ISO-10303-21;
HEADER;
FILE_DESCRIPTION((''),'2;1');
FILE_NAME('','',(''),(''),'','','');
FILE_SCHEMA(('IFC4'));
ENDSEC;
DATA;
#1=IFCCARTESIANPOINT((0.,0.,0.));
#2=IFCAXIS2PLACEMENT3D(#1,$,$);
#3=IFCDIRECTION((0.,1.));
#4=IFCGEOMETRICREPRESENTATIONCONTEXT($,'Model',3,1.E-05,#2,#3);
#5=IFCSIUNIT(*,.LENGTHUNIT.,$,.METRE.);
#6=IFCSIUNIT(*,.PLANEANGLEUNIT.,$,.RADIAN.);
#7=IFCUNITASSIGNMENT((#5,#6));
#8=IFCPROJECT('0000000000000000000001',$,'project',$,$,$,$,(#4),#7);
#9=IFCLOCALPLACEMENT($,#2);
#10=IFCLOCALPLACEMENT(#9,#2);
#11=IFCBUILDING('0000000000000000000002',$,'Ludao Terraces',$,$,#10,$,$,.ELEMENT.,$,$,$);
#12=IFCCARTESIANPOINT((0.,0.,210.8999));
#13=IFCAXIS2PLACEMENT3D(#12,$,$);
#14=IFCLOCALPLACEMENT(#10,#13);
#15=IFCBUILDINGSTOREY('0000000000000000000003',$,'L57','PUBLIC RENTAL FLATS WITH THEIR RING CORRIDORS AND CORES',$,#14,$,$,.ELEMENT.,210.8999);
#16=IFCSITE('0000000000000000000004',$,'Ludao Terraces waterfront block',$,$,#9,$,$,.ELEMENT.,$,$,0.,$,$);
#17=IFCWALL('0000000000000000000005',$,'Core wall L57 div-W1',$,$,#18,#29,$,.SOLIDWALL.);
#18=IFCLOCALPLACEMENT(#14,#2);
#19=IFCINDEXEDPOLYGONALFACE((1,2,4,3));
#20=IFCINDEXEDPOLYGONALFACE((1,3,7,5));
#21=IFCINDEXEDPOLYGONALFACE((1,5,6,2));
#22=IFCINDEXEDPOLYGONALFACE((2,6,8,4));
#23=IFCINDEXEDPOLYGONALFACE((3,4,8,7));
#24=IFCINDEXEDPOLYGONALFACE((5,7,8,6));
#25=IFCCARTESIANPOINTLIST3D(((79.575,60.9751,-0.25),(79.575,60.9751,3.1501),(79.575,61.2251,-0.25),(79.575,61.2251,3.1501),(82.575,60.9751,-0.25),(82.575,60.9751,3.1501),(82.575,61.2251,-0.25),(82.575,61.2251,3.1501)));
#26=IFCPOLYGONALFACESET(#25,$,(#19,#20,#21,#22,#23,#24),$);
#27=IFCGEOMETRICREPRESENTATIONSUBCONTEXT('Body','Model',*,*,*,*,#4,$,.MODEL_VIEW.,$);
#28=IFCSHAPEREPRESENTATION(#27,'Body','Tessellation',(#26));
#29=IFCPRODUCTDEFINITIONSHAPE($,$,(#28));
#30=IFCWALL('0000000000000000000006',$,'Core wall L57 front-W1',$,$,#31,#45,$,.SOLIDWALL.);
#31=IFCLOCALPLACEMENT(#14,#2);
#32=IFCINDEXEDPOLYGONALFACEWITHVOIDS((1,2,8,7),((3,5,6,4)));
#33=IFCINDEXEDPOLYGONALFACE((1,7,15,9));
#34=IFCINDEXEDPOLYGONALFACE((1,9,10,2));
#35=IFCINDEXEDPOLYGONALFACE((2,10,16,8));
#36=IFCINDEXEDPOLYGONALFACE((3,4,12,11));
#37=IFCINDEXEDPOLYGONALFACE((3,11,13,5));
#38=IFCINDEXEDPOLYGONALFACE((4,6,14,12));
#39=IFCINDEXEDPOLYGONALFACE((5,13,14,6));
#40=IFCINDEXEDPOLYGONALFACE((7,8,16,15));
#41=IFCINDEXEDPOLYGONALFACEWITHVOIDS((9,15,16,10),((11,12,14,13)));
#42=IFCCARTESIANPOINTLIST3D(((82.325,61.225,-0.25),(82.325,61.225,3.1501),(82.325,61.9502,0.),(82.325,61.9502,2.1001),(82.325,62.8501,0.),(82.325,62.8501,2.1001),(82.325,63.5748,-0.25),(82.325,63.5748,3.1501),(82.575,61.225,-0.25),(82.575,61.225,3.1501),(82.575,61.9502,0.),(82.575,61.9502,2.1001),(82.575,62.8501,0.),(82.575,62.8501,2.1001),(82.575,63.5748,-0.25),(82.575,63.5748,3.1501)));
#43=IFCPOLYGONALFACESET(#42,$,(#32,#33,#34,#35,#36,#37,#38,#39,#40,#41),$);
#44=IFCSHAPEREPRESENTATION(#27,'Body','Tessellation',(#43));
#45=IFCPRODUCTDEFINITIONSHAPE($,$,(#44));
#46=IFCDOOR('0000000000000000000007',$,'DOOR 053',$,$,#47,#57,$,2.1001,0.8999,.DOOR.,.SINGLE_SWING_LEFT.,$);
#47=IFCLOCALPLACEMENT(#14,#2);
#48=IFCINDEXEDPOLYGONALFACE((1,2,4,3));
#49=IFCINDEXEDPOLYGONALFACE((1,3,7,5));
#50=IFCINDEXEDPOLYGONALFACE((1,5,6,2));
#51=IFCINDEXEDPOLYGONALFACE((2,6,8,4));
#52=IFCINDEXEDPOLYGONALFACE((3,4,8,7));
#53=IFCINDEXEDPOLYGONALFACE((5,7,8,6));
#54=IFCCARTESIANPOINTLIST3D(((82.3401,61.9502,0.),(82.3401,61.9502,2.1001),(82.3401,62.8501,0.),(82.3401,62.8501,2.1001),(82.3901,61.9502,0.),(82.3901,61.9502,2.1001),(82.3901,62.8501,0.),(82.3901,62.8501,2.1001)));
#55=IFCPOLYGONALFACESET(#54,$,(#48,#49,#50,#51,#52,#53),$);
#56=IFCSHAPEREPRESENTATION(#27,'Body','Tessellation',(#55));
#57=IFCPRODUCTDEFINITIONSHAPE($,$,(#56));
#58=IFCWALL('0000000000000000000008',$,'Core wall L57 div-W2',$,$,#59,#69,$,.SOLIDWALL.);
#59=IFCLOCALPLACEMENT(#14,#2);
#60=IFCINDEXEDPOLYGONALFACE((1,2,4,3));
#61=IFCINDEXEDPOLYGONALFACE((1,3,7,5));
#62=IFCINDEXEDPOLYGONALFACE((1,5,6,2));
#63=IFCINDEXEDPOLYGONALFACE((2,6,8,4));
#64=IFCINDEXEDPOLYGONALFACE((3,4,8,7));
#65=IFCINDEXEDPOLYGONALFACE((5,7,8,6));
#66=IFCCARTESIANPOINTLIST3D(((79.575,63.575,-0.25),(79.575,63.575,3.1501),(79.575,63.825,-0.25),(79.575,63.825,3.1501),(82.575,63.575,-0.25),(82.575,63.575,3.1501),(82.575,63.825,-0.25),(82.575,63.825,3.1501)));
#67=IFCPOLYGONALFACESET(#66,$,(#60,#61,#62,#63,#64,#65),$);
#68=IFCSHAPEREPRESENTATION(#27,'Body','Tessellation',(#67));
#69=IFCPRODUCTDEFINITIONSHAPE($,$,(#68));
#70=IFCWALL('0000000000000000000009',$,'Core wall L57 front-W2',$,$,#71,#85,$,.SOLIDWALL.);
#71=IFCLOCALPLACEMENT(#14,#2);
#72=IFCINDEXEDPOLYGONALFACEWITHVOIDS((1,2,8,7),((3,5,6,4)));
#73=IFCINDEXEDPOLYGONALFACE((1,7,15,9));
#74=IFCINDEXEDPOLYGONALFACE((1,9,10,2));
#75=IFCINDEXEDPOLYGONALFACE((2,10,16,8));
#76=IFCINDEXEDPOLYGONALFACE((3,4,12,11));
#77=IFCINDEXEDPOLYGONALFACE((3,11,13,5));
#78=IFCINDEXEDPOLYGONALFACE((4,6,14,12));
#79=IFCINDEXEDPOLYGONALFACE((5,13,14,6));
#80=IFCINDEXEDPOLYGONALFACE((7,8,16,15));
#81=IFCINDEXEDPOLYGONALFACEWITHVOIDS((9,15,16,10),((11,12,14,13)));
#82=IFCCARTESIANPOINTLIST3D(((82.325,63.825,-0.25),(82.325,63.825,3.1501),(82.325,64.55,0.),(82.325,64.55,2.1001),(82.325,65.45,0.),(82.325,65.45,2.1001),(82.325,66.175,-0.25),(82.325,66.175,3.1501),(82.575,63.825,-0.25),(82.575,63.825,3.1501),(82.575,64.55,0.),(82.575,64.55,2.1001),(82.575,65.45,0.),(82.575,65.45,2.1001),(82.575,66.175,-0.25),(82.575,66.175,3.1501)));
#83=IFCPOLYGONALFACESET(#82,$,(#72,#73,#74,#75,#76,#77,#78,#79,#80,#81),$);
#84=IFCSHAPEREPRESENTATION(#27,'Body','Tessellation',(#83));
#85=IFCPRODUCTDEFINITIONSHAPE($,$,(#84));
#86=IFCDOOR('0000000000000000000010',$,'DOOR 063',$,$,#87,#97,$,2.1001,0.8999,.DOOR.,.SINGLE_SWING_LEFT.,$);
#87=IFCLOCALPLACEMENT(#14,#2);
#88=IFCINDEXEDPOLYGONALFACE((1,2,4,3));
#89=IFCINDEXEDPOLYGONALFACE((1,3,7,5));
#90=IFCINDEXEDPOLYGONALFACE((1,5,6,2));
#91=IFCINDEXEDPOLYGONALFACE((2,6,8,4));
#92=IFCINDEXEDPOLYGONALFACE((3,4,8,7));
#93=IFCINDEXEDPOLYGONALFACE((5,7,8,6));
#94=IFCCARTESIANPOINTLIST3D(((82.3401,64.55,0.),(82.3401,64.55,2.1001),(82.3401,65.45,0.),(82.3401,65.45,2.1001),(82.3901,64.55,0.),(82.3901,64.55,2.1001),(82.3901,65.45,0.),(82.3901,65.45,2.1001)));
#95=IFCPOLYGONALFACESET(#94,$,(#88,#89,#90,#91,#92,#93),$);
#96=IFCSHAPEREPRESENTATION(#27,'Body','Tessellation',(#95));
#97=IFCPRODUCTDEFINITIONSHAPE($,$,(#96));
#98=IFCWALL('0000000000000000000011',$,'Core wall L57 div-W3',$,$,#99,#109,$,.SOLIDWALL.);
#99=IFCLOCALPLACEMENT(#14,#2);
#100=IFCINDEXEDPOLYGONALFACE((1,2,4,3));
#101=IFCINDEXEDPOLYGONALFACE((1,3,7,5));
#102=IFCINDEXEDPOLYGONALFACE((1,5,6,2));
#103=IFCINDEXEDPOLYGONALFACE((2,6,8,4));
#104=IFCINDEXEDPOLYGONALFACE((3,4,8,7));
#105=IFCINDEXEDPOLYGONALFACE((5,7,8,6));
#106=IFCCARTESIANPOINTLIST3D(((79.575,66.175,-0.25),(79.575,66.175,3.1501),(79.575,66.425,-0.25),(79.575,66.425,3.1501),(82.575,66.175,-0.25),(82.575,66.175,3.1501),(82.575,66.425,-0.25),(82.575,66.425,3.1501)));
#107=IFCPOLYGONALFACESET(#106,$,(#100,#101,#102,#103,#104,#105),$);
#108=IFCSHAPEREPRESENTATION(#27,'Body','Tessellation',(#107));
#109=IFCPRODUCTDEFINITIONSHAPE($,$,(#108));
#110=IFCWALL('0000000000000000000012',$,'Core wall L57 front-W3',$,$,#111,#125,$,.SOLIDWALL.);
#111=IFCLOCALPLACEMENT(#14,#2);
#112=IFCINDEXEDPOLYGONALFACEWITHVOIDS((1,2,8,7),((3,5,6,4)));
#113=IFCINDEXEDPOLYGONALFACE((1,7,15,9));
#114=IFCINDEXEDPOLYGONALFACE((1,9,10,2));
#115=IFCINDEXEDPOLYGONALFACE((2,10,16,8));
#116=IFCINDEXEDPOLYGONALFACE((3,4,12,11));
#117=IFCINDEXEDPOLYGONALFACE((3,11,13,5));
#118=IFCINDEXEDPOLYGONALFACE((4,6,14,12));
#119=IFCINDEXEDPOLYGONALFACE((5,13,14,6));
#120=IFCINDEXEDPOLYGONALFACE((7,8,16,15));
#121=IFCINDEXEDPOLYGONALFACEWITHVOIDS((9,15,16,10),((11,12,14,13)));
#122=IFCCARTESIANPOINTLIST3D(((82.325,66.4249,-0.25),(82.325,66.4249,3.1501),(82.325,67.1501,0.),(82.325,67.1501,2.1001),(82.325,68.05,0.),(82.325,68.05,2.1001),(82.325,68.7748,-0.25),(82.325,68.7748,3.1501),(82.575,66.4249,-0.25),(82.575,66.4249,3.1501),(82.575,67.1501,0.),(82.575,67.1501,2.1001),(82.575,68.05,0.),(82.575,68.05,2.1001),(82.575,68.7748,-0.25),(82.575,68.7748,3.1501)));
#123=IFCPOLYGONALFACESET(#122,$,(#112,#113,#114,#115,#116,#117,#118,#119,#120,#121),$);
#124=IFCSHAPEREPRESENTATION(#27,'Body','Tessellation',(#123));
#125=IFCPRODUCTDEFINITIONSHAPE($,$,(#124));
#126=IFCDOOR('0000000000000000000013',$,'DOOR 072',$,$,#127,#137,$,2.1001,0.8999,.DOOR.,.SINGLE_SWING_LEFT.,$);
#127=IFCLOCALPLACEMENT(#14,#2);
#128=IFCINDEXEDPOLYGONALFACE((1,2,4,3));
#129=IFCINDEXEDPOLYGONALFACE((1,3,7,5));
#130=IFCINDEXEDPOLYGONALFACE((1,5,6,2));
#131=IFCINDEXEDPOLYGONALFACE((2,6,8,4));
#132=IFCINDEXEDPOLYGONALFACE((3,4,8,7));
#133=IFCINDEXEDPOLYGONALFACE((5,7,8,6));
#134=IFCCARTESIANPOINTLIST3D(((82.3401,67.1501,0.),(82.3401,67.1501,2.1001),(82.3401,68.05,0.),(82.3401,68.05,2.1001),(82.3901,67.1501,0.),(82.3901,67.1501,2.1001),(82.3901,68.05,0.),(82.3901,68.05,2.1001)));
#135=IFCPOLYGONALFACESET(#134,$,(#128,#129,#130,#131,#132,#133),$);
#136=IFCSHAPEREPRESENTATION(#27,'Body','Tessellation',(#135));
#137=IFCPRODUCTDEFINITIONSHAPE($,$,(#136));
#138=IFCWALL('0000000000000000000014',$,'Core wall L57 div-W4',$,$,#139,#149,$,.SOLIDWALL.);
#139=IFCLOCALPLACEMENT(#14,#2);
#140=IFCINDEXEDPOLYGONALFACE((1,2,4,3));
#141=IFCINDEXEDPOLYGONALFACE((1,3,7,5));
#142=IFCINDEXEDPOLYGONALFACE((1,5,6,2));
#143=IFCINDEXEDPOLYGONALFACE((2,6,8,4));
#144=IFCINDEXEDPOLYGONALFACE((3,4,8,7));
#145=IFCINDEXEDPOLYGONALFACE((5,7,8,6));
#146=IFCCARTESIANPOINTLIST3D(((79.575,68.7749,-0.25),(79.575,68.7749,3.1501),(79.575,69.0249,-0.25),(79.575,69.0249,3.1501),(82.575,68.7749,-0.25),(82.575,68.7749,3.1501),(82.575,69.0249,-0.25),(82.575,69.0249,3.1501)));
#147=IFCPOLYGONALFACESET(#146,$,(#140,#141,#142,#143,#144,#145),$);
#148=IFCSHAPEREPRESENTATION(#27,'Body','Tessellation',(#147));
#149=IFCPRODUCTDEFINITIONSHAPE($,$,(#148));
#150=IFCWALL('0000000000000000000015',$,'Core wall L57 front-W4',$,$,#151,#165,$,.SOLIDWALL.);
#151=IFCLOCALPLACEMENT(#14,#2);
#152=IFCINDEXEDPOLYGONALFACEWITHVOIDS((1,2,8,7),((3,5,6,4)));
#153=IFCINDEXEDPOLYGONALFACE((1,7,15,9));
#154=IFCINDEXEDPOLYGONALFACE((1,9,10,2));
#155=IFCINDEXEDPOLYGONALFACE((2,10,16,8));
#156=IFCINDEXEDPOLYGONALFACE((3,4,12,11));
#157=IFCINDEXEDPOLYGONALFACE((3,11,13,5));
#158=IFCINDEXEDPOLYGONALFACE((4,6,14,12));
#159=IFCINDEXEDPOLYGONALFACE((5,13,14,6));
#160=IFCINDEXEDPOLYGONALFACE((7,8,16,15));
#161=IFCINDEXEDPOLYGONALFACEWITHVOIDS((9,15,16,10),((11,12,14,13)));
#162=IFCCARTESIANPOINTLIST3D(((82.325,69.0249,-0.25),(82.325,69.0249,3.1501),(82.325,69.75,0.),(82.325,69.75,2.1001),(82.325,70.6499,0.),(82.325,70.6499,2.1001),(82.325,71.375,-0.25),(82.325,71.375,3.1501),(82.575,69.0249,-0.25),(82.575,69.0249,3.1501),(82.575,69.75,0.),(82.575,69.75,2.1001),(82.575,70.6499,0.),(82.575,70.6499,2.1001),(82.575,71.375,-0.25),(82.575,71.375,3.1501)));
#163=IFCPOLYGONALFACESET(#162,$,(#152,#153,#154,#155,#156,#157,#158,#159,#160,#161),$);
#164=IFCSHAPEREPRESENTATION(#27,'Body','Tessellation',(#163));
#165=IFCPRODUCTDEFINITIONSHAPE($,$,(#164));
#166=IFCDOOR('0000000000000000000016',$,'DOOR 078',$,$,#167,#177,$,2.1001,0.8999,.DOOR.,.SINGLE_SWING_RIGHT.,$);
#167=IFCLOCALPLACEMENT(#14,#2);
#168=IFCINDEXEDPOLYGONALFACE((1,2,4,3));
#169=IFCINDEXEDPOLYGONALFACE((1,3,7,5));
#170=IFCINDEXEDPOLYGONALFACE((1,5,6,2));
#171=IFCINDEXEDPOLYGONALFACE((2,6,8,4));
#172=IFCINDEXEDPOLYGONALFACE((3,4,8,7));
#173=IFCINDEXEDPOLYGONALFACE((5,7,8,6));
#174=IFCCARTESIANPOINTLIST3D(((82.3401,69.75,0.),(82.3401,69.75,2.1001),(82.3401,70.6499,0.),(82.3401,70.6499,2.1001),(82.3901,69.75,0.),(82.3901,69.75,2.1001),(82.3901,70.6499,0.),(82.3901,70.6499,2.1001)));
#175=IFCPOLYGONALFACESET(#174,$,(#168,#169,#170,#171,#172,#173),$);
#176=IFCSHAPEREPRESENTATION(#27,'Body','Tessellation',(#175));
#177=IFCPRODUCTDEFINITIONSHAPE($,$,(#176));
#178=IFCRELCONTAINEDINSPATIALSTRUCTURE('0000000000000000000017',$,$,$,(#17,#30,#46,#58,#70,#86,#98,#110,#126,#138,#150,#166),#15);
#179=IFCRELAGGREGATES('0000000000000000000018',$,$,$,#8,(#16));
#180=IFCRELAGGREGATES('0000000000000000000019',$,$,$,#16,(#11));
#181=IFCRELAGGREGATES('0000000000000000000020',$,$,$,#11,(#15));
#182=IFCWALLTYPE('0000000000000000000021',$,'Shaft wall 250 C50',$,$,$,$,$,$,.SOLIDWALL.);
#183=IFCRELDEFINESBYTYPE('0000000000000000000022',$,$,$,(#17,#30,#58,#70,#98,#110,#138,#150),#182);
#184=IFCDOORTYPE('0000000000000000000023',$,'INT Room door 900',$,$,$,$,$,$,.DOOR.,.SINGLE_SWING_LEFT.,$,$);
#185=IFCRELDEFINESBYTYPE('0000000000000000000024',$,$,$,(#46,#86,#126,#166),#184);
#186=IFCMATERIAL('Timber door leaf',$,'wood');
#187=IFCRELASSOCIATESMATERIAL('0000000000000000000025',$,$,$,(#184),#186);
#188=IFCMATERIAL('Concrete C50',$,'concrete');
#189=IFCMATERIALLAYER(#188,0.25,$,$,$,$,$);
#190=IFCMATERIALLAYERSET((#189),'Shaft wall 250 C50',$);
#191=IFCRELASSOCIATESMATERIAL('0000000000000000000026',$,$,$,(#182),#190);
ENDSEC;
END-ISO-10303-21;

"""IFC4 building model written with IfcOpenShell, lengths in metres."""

from ifc_helpers import new_model, si_unit, direction, frame, frame_2d, origin, place, context, subcontext, project, spatial, rectangle, extrude, material, layer, layer_set, type_object, element, fill, save


model = new_model("IFC4")

# Units and contexts
model_context = context("Model", 3, precision=1e-05, world=origin(), true_north=direction((0.0, 1.0)))
body_context = subcontext(model_context, "Body", "Model", "MODEL_VIEW")
ifc_project = project(units=[si_unit("LENGTHUNIT", "METRE"), si_unit("PLANEANGLEUNIT", "RADIAN")], contexts=[model_context])

# Site, building, storey
site_placement = place(None, origin())
site = spatial("IfcSite", under=ifc_project, at=site_placement, Name="Ludao Terraces waterfront block", CompositionType="ELEMENT", RefElevation=0.0)
building_placement = place(site_placement, origin())
building = spatial("IfcBuilding", under=site, at=building_placement, Name="Ludao Terraces", CompositionType="ELEMENT")
storey_placement = place(building_placement, frame((0.0, 0.0, 210.8999)))
storey = spatial("IfcBuildingStorey", under=building, at=storey_placement, Name="L57", Description="PUBLIC RENTAL FLATS WITH THEIR RING CORRIDORS AND CORES", CompositionType="ELEMENT", Elevation=210.8999)

# Shared definitions
ifc_material_1 = material(Name="Timber door leaf", Category="wood")
door_type_1 = type_object("IfcDoorType", Name="INT Room door 900", OperationType="SINGLE_SWING_LEFT", PredefinedType="DOOR", material=ifc_material_1)

# Wall
ifc_material_2 = material(Name="Concrete C50", Category="concrete")
ifc_layer_1 = layer(ifc_material_2, 0.25)
ifc_layer_set_1 = layer_set([ifc_layer_1], Name="Shaft wall 250 C50")
wall_type_1 = type_object("IfcWallType", Name="Shaft wall 250 C50", PredefinedType="SOLIDWALL", material=ifc_layer_set_1)
wall_1_placement = place(storey_placement, frame((79.575, 61.1001, -0.25), z_axis=(0.0, 0.0, 1.0), x_axis=(1.0, 0.0, 0.0)))
element("IfcWall", 1, at=wall_1_placement, inside=storey, type_object=wall_type_1, Name="Core wall L57 div-W1", PredefinedType="SOLIDWALL", context=body_context, shape_type="SweptSolid", body=[
    extrude(rectangle(XDim=3.0, YDim=0.25, at=frame_2d((1.5, 0.0))), origin(), (0.0, 0.0, 1.0), 3.4001),
])

# Wall, opening, door
wall_2_placement = place(storey_placement, frame((82.45, 61.2251, -0.25), z_axis=(0.0, 0.0, 1.0), x_axis=(0.0, 1.0, 0.0)))
wall_2 = element("IfcWall", 2, at=wall_2_placement, inside=storey, type_object=wall_type_1, Name="Core wall L57 front-W1", PredefinedType="SOLIDWALL", context=body_context, shape_type="SweptSolid", body=[
    extrude(rectangle(XDim=2.3499, YDim=0.25, at=frame_2d((1.1748, 0.0))), origin(), (0.0, 0.0, 1.0), 3.4001),
])
opening_1_placement = place(wall_2_placement, frame((0.7251, 0.0, 0.25)))
opening_1 = element("IfcOpeningElement", 3, at=opening_1_placement, cuts=wall_2, PredefinedType="OPENING", context=body_context, shape_type="SweptSolid", body=[
    extrude(rectangle(XDim=0.8999, YDim=2.1001, at=frame_2d((0.45, 1.05))), frame((0.0, 0.135, 0.0), z_axis=(0.0, -1.0, 0.0), x_axis=(1.0, 0.0, 0.0)), (0.0, 0.0, 1.0), 0.27),
])
door_1_placement = place(opening_1_placement, origin())
door_1 = element("IfcDoor", 4, at=door_1_placement, inside=storey, type_object=door_type_1, Name="DOOR 053", OperationType="SINGLE_SWING_LEFT", OverallHeight=2.1001, OverallWidth=0.8999, PredefinedType="DOOR", context=body_context, shape_type="SweptSolid", body=[
    extrude(rectangle(XDim=0.8999, YDim=2.1001, at=frame_2d((0.45, 1.05))), frame((0.0, 0.1099, 0.0), z_axis=(0.0, -1.0, 0.0), x_axis=(1.0, 0.0, 0.0)), (0.0, 0.0, 1.0), 0.05),
])
fill(opening_1, door_1)

# Wall
wall_3_placement = place(storey_placement, frame((79.575, 63.7, -0.25), z_axis=(0.0, 0.0, 1.0), x_axis=(1.0, 0.0, 0.0)))
element("IfcWall", 5, at=wall_3_placement, inside=storey, type_object=wall_type_1, Name="Core wall L57 div-W2", PredefinedType="SOLIDWALL", context=body_context, shape_type="SweptSolid", body=[
    extrude(rectangle(XDim=3.0, YDim=0.25, at=frame_2d((1.5, 0.0))), origin(), (0.0, 0.0, 1.0), 3.4001),
])

# Wall, opening, door
wall_4_placement = place(storey_placement, frame((82.45, 63.825, -0.25), z_axis=(0.0, 0.0, 1.0), x_axis=(0.0, 1.0, 0.0)))
wall_4 = element("IfcWall", 6, at=wall_4_placement, inside=storey, type_object=wall_type_1, Name="Core wall L57 front-W2", PredefinedType="SOLIDWALL", context=body_context, shape_type="SweptSolid", body=[
    extrude(rectangle(XDim=2.3501, YDim=0.25, at=frame_2d((1.175, 0.0))), origin(), (0.0, 0.0, 1.0), 3.4001),
])
opening_2_placement = place(wall_4_placement, frame((0.7251, 0.0, 0.25)))
opening_2 = element("IfcOpeningElement", 7, at=opening_2_placement, cuts=wall_4, PredefinedType="OPENING", context=body_context, shape_type="SweptSolid", body=[
    extrude(rectangle(XDim=0.8999, YDim=2.1001, at=frame_2d((0.45, 1.05))), frame((0.0, 0.135, 0.0), z_axis=(0.0, -1.0, 0.0), x_axis=(1.0, 0.0, 0.0)), (0.0, 0.0, 1.0), 0.27),
])
door_2_placement = place(opening_2_placement, origin())
door_2 = element("IfcDoor", 8, at=door_2_placement, inside=storey, type_object=door_type_1, Name="DOOR 063", OperationType="SINGLE_SWING_LEFT", OverallHeight=2.1001, OverallWidth=0.8999, PredefinedType="DOOR", context=body_context, shape_type="SweptSolid", body=[
    extrude(rectangle(XDim=0.8999, YDim=2.1001, at=frame_2d((0.45, 1.05))), frame((0.0, 0.1099, 0.0), z_axis=(0.0, -1.0, 0.0), x_axis=(1.0, 0.0, 0.0)), (0.0, 0.0, 1.0), 0.05),
])
fill(opening_2, door_2)

# Wall
wall_5_placement = place(storey_placement, frame((79.575, 66.3, -0.25), z_axis=(0.0, 0.0, 1.0), x_axis=(1.0, 0.0, 0.0)))
element("IfcWall", 9, at=wall_5_placement, inside=storey, type_object=wall_type_1, Name="Core wall L57 div-W3", PredefinedType="SOLIDWALL", context=body_context, shape_type="SweptSolid", body=[
    extrude(rectangle(XDim=3.0, YDim=0.25, at=frame_2d((1.5, 0.0))), origin(), (0.0, 0.0, 1.0), 3.4001),
])

# Wall, opening, door
wall_6_placement = place(storey_placement, frame((82.45, 66.425, -0.25), z_axis=(0.0, 0.0, 1.0), x_axis=(0.0, 1.0, 0.0)))
wall_6 = element("IfcWall", 10, at=wall_6_placement, inside=storey, type_object=wall_type_1, Name="Core wall L57 front-W3", PredefinedType="SOLIDWALL", context=body_context, shape_type="SweptSolid", body=[
    extrude(rectangle(XDim=2.3499, YDim=0.25, at=frame_2d((1.1748, 0.0))), origin(), (0.0, 0.0, 1.0), 3.4001),
])
opening_3_placement = place(wall_6_placement, frame((0.7251, 0.0, 0.25)))
opening_3 = element("IfcOpeningElement", 11, at=opening_3_placement, cuts=wall_6, PredefinedType="OPENING", context=body_context, shape_type="SweptSolid", body=[
    extrude(rectangle(XDim=0.8999, YDim=2.1001, at=frame_2d((0.45, 1.05))), frame((0.0, 0.135, 0.0), z_axis=(0.0, -1.0, 0.0), x_axis=(1.0, 0.0, 0.0)), (0.0, 0.0, 1.0), 0.27),
])
door_3_placement = place(opening_3_placement, origin())
door_3 = element("IfcDoor", 12, at=door_3_placement, inside=storey, type_object=door_type_1, Name="DOOR 072", OperationType="SINGLE_SWING_LEFT", OverallHeight=2.1001, OverallWidth=0.8999, PredefinedType="DOOR", context=body_context, shape_type="SweptSolid", body=[
    extrude(rectangle(XDim=0.8999, YDim=2.1001, at=frame_2d((0.45, 1.05))), frame((0.0, 0.1099, 0.0), z_axis=(0.0, -1.0, 0.0), x_axis=(1.0, 0.0, 0.0)), (0.0, 0.0, 1.0), 0.05),
])
fill(opening_3, door_3)

# Wall
wall_7_placement = place(storey_placement, frame((79.575, 68.8999, -0.25), z_axis=(0.0, 0.0, 1.0), x_axis=(1.0, 0.0, 0.0)))
element("IfcWall", 13, at=wall_7_placement, inside=storey, type_object=wall_type_1, Name="Core wall L57 div-W4", PredefinedType="SOLIDWALL", context=body_context, shape_type="SweptSolid", body=[
    extrude(rectangle(XDim=3.0, YDim=0.25, at=frame_2d((1.5, 0.0))), origin(), (0.0, 0.0, 1.0), 3.4001),
])

# Wall, opening, door
wall_8_placement = place(storey_placement, frame((82.45, 69.0249, -0.25), z_axis=(0.0, 0.0, 1.0), x_axis=(0.0, 1.0, 0.0)))
wall_8 = element("IfcWall", 14, at=wall_8_placement, inside=storey, type_object=wall_type_1, Name="Core wall L57 front-W4", PredefinedType="SOLIDWALL", context=body_context, shape_type="SweptSolid", body=[
    extrude(rectangle(XDim=2.3501, YDim=0.25, at=frame_2d((1.175, 0.0))), origin(), (0.0, 0.0, 1.0), 3.4001),
])
opening_4_placement = place(wall_8_placement, frame((0.7251, 0.0, 0.25)))
opening_4 = element("IfcOpeningElement", 15, at=opening_4_placement, cuts=wall_8, PredefinedType="OPENING", context=body_context, shape_type="SweptSolid", body=[
    extrude(rectangle(XDim=0.8999, YDim=2.1001, at=frame_2d((0.45, 1.05))), frame((0.0, 0.135, 0.0), z_axis=(0.0, -1.0, 0.0), x_axis=(1.0, 0.0, 0.0)), (0.0, 0.0, 1.0), 0.27),
])
door_4_placement = place(opening_4_placement, origin())
door_4 = element("IfcDoor", 16, at=door_4_placement, inside=storey, type_object=door_type_1, Name="DOOR 078", OperationType="SINGLE_SWING_RIGHT", OverallHeight=2.1001, OverallWidth=0.8999, PredefinedType="DOOR", context=body_context, shape_type="SweptSolid", body=[
    extrude(rectangle(XDim=0.8999, YDim=2.1001, at=frame_2d((0.45, 1.05))), frame((0.0, 0.1099, 0.0), z_axis=(0.0, -1.0, 0.0), x_axis=(1.0, 0.0, 0.0)), (0.0, 0.0, 1.0), 0.05),
])
fill(opening_4, door_4)

save(model, "model.ifc")
